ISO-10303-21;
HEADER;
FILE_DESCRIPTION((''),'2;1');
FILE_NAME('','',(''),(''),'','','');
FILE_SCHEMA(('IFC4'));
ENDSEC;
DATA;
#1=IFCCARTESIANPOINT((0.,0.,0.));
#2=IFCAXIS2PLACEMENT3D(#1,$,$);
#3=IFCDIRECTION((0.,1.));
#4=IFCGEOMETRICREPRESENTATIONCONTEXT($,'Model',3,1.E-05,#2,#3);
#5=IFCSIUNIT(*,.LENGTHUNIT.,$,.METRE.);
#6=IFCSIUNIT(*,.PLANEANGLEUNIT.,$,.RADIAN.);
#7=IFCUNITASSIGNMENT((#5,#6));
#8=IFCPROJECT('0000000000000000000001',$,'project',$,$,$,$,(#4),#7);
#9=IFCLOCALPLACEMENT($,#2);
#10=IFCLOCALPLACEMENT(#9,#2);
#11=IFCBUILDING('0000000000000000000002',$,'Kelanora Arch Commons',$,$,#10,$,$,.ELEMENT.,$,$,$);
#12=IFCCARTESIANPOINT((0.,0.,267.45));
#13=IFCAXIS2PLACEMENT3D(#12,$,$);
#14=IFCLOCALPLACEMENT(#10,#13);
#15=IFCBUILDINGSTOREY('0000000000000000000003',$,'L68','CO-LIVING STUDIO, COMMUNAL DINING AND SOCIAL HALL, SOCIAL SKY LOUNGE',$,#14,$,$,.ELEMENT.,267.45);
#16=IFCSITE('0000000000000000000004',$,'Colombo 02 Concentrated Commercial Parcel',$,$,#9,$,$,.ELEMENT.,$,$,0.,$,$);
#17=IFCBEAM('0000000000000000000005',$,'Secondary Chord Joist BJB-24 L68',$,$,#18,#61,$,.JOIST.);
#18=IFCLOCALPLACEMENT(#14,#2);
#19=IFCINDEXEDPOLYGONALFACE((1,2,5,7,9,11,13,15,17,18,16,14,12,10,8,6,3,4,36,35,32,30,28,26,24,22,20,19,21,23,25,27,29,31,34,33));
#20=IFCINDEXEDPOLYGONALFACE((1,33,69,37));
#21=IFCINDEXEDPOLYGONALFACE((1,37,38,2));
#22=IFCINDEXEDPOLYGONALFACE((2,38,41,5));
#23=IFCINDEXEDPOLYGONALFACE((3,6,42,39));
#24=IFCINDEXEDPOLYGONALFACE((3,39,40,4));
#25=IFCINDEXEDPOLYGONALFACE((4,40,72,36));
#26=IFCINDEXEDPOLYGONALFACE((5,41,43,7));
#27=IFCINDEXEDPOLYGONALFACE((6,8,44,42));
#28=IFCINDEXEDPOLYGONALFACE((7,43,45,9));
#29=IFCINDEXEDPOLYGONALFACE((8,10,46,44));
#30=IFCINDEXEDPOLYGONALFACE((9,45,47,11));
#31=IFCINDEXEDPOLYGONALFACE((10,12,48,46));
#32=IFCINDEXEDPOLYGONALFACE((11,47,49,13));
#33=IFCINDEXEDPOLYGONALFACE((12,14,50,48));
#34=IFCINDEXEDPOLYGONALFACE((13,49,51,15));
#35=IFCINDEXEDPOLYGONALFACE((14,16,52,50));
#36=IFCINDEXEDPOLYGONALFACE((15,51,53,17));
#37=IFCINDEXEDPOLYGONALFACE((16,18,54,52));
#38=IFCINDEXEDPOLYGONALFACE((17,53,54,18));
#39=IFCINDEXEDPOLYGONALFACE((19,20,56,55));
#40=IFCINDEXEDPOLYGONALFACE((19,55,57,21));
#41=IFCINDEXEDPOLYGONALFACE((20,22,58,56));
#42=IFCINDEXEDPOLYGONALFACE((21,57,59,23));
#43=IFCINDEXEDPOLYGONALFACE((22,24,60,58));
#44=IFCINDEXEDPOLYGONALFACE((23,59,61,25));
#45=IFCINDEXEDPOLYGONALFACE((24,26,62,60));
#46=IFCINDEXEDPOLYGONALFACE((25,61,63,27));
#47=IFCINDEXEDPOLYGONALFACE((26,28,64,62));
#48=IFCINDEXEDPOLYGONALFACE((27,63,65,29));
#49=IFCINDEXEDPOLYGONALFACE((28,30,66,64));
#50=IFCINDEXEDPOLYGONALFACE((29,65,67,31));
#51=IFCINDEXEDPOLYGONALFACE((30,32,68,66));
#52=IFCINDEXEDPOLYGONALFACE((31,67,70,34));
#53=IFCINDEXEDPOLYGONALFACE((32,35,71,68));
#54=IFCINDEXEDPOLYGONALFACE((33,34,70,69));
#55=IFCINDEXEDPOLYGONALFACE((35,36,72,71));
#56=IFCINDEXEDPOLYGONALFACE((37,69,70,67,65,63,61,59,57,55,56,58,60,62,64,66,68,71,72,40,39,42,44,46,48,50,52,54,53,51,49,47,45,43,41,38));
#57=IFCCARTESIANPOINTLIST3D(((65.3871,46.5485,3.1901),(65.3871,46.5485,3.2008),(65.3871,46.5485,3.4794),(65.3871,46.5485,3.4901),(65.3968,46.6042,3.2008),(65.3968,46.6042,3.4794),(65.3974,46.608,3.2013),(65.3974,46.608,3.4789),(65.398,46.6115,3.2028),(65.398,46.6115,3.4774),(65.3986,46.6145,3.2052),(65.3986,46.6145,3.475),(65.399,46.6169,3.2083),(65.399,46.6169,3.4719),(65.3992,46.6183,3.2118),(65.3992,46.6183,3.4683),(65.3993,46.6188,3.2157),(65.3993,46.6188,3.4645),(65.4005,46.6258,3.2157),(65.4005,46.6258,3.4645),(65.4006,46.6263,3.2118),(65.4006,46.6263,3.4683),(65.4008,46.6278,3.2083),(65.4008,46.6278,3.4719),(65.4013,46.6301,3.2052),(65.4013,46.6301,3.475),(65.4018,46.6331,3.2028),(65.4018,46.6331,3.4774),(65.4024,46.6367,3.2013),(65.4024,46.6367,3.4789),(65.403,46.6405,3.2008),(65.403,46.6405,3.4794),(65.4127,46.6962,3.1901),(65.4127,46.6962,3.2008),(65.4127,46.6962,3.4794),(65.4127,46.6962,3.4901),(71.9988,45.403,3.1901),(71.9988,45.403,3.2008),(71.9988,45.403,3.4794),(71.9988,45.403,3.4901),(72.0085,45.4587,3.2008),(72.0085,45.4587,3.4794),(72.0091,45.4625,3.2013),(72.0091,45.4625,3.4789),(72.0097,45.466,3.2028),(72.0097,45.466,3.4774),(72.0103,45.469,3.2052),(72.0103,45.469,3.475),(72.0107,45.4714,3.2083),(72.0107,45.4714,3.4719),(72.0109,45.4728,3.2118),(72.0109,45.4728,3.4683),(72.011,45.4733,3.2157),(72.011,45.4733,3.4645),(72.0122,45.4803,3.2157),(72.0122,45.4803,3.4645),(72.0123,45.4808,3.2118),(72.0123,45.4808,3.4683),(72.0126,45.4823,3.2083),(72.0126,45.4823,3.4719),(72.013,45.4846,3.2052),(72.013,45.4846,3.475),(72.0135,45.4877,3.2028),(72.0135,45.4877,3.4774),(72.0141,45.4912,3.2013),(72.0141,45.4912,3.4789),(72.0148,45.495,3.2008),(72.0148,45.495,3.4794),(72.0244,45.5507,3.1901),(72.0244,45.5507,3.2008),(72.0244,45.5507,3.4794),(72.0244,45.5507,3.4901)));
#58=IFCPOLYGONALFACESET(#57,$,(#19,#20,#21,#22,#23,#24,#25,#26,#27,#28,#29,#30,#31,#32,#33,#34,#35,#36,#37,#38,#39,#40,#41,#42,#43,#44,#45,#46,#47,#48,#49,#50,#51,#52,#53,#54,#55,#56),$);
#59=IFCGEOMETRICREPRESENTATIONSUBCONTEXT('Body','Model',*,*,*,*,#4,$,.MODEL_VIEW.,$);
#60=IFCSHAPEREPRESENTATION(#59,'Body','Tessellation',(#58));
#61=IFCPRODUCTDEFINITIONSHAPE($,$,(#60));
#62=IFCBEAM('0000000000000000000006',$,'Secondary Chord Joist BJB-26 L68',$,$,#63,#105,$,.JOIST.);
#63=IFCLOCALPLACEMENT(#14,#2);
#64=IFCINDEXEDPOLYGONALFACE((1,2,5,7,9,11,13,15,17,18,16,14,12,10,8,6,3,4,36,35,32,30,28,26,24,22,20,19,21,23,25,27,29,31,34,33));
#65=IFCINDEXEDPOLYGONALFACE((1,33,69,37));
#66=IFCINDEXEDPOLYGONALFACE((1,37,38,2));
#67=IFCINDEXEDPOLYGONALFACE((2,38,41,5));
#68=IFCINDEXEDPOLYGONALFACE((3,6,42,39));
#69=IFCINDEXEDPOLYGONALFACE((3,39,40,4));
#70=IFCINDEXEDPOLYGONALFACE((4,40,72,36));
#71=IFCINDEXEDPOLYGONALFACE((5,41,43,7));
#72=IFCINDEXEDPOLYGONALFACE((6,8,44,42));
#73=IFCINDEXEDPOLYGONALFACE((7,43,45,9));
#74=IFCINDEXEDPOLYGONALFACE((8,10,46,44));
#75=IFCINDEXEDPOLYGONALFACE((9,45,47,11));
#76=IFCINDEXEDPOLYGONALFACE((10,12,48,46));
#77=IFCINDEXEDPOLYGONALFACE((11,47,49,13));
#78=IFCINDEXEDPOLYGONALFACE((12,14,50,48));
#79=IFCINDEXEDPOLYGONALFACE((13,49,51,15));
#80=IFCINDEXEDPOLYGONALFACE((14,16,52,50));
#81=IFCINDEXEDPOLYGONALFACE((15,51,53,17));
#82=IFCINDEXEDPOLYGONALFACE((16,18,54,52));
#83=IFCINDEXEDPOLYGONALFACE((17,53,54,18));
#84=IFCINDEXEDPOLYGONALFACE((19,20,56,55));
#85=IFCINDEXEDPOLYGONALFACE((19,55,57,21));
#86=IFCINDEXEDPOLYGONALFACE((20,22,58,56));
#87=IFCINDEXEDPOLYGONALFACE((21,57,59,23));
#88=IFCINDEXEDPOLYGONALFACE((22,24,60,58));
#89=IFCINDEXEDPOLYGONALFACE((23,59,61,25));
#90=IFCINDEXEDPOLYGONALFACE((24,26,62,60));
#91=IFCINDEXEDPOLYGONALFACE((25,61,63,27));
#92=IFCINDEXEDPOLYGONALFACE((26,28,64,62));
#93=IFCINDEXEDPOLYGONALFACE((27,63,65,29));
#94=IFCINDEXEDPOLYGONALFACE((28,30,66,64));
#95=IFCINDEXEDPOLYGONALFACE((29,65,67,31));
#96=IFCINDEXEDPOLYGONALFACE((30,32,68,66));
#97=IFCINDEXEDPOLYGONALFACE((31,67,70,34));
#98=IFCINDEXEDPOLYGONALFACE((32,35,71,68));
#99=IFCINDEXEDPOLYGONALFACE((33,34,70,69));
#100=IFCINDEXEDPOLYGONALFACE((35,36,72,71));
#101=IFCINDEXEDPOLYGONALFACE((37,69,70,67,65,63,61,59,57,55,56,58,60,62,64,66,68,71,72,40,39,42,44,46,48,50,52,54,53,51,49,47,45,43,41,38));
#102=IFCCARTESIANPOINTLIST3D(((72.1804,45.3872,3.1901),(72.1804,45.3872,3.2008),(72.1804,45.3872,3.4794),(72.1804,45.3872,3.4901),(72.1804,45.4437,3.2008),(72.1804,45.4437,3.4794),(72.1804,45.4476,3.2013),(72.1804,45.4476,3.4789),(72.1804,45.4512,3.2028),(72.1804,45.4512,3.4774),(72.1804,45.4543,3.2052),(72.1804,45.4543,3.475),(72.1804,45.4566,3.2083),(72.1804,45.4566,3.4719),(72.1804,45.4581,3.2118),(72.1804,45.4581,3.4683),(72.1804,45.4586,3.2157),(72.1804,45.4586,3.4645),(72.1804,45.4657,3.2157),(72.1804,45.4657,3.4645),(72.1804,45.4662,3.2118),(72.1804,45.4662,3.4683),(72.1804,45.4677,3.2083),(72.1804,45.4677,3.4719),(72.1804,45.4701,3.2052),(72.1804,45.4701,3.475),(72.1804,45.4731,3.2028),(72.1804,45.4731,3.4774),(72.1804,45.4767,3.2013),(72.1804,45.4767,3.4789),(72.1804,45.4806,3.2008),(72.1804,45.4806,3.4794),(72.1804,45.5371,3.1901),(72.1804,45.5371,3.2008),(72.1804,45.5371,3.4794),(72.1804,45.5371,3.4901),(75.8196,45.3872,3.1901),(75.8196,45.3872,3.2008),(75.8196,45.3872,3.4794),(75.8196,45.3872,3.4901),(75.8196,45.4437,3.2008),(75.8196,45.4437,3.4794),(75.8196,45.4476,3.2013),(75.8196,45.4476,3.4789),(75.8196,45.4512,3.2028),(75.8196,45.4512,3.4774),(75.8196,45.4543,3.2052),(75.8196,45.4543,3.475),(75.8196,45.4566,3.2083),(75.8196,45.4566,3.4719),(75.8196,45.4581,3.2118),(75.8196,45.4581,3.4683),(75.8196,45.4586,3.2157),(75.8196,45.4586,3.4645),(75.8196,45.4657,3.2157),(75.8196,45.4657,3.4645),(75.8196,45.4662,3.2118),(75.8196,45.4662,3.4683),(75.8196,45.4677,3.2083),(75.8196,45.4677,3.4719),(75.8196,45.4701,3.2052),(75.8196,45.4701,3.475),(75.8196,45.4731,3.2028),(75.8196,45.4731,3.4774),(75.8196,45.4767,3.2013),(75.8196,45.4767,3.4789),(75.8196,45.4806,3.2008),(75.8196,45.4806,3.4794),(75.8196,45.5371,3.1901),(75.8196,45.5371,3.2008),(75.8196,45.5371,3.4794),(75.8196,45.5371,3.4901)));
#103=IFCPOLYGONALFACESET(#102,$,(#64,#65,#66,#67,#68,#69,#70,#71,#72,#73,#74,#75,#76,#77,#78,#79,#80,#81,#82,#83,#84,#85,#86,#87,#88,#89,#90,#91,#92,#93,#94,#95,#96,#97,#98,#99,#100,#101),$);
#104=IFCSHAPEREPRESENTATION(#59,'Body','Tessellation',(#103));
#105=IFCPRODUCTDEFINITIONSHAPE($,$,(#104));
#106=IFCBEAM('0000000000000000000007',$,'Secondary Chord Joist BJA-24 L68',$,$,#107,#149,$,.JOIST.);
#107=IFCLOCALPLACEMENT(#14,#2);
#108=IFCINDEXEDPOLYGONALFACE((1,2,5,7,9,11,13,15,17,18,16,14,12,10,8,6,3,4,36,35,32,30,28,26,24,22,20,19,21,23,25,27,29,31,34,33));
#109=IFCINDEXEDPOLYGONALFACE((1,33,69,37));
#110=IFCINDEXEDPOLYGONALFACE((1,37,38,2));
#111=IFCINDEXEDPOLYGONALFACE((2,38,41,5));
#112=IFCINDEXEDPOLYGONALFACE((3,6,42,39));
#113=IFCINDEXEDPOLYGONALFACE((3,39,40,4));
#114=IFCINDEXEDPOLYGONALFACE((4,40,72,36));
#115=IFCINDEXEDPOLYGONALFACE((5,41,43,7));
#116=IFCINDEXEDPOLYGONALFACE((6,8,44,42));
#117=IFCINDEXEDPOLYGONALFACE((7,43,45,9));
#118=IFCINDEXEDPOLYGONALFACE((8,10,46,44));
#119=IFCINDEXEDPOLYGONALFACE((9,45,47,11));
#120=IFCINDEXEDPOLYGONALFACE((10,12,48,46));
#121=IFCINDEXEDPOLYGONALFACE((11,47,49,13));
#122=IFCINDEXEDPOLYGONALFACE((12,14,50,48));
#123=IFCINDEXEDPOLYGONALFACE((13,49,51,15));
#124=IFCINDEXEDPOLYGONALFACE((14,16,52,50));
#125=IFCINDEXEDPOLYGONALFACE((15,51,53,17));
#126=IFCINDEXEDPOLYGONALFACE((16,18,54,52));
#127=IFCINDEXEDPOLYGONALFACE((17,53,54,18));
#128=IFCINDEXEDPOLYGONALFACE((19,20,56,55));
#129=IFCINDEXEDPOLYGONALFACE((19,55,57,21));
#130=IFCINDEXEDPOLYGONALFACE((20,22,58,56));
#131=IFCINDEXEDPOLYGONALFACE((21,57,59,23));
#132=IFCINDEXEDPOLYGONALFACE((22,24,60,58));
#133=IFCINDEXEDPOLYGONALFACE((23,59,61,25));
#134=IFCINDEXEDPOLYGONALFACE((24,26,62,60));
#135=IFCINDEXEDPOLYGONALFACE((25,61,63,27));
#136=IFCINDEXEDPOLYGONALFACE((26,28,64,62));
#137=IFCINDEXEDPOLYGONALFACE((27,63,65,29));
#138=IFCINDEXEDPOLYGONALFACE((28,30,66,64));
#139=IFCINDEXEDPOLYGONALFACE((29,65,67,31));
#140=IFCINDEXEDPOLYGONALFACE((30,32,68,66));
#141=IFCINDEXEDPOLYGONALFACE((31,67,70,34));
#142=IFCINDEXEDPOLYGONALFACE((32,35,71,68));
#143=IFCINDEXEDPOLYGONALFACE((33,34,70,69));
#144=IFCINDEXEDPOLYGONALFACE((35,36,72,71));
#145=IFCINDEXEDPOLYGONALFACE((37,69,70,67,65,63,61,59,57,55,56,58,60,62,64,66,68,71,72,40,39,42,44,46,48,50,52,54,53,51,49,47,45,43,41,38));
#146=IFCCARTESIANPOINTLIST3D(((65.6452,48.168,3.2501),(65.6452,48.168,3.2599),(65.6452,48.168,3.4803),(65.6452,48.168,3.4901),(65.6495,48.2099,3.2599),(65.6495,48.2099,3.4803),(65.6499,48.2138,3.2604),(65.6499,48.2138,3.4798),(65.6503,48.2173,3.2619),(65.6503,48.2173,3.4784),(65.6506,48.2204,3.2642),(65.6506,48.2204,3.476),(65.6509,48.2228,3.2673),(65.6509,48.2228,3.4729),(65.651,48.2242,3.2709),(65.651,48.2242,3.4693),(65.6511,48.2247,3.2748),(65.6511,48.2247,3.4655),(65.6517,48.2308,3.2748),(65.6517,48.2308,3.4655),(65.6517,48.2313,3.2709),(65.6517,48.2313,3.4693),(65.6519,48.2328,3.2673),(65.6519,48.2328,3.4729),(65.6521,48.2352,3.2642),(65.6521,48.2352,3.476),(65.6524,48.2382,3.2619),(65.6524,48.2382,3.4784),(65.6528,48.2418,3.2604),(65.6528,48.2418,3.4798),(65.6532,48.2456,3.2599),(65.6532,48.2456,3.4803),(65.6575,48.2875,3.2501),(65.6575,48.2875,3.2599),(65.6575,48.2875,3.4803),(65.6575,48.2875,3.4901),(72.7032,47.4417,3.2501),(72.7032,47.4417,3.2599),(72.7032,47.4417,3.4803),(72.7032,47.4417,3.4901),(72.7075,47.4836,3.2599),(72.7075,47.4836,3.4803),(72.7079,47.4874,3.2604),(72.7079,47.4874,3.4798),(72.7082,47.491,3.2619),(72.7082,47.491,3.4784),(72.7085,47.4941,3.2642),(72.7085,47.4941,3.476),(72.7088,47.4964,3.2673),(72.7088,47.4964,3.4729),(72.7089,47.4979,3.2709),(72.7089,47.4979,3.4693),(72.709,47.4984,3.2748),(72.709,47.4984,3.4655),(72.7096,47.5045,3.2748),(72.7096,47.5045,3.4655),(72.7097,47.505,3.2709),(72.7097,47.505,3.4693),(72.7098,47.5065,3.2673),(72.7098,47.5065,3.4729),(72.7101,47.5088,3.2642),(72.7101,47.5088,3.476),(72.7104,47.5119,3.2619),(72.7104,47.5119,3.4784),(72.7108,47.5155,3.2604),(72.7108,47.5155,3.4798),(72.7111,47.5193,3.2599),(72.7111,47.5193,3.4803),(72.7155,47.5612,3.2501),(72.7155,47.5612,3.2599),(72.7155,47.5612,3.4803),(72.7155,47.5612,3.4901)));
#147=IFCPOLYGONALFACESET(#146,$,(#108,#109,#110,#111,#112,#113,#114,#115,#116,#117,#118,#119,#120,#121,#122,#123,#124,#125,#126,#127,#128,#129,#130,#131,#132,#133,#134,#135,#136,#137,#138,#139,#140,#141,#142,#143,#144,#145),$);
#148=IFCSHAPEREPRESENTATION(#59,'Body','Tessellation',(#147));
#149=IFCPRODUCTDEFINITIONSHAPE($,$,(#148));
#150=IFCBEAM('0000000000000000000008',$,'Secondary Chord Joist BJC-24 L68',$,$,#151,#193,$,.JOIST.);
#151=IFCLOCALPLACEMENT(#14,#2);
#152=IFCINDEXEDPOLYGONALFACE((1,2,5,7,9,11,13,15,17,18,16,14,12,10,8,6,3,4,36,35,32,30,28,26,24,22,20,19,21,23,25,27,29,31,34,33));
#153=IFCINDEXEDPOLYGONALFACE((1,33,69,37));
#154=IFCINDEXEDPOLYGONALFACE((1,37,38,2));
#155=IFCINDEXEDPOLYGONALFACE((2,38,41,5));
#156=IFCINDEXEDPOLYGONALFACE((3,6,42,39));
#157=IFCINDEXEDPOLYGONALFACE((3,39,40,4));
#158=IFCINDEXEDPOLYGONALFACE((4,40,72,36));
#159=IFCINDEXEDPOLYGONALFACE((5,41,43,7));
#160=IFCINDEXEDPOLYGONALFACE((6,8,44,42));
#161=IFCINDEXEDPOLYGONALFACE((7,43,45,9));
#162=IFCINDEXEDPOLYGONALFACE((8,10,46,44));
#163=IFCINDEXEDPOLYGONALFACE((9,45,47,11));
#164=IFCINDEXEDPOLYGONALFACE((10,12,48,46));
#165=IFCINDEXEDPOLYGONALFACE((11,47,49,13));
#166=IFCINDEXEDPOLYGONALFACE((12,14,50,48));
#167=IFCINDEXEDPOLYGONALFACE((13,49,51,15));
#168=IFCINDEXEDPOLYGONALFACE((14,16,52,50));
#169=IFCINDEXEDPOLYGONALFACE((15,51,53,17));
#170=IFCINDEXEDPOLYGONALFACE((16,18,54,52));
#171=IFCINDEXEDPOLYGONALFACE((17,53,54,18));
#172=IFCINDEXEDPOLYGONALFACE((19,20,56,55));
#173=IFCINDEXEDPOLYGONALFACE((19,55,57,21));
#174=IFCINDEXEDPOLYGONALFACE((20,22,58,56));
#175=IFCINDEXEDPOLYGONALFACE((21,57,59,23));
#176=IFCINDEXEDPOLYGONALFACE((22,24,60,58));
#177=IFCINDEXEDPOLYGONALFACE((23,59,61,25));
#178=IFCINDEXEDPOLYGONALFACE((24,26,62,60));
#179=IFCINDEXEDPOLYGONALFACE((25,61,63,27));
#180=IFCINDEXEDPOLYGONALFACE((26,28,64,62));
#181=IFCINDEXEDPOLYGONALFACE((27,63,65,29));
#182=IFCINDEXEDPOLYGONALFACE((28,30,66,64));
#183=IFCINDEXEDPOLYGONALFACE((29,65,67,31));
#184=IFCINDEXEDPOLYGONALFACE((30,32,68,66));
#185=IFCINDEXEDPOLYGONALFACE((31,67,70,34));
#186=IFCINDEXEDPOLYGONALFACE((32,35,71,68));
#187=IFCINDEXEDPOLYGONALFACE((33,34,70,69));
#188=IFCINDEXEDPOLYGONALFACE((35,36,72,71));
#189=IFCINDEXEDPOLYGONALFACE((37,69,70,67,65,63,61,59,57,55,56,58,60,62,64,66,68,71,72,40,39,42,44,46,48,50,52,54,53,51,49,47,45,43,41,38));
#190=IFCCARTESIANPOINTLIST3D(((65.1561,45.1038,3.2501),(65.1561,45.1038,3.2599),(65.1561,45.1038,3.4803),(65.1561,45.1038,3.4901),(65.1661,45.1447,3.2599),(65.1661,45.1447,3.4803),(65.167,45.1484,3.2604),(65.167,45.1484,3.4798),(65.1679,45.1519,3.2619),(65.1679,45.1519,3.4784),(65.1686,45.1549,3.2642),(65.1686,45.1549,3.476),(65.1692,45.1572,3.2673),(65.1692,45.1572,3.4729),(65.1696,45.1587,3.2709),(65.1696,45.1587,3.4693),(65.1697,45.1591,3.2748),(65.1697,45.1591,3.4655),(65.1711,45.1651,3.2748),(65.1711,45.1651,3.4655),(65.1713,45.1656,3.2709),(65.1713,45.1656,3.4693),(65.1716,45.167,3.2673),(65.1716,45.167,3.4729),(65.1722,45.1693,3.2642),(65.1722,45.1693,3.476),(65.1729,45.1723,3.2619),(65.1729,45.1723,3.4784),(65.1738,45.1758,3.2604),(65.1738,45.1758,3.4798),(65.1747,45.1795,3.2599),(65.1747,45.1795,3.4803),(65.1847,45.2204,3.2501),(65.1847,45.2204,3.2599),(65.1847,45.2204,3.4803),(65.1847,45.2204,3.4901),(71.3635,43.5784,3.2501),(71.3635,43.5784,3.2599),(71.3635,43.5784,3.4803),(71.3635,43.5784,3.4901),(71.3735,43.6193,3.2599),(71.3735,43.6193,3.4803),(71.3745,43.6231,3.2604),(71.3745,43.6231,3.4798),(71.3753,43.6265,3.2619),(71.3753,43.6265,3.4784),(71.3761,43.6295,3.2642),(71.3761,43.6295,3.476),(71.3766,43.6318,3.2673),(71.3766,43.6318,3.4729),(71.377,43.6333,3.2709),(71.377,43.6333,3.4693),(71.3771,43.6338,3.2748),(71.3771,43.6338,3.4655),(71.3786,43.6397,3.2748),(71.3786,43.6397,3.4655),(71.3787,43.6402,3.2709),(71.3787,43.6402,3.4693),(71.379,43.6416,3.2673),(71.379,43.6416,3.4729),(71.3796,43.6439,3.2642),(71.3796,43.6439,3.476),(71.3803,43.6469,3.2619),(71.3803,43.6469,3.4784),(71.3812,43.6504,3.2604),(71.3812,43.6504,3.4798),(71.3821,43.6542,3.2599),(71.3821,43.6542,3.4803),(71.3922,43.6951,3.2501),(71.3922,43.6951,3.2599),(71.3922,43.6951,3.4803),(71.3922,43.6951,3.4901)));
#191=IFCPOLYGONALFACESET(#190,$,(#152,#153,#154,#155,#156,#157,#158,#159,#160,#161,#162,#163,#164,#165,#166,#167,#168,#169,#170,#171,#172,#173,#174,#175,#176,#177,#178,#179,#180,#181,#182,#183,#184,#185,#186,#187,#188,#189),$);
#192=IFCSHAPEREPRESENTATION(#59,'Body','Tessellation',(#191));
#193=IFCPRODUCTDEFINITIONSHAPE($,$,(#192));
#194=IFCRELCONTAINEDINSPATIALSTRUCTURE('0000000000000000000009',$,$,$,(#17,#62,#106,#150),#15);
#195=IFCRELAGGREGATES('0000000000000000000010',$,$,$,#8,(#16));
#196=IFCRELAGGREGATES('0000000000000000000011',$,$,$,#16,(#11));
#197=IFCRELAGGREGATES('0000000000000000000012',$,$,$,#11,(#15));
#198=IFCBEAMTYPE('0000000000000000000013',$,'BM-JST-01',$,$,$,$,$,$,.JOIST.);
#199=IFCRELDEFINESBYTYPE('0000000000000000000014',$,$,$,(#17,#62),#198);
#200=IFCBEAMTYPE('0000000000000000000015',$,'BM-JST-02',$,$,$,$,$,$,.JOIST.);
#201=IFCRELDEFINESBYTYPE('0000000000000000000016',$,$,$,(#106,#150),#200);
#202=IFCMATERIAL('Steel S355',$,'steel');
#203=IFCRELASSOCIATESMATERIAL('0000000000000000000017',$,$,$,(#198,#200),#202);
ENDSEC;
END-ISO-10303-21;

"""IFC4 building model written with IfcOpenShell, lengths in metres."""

from ifc_helpers import new_model, si_unit, direction, frame, origin, origin_2d, place, context, subcontext, project, spatial, i_section, extrude, material, material_profile, profile_set, type_object, element, save


model = new_model("IFC4")

# Units and contexts
model_context = context("Model", 3, precision=1e-05, world=origin(), true_north=direction((0.0, 1.0)))
body_context = subcontext(model_context, "Body", "Model", "MODEL_VIEW")
ifc_project = project(units=[si_unit("LENGTHUNIT", "METRE"), si_unit("PLANEANGLEUNIT", "RADIAN")], contexts=[model_context])

# Site, building, storey
site_placement = place(None, origin())
site = spatial("IfcSite", under=ifc_project, at=site_placement, Name="Colombo 02 Concentrated Commercial Parcel", CompositionType="ELEMENT", RefElevation=0.0)
building_placement = place(site_placement, origin())
building = spatial("IfcBuilding", under=site, at=building_placement, Name="Kelanora Arch Commons", CompositionType="ELEMENT")
storey_placement = place(building_placement, frame((0.0, 0.0, 267.45)))
storey = spatial("IfcBuildingStorey", under=building, at=storey_placement, Name="L68", Description="CO-LIVING STUDIO, COMMUNAL DINING AND SOCIAL HALL, SOCIAL SKY LOUNGE", CompositionType="ELEMENT", Elevation=267.45)

# Beams
ifc_material_1 = material(Name="Steel S355", Category="steel")
ifc_material_profile_1 = material_profile(ifc_material_1, i_section(OverallWidth=0.1499, OverallDepth=0.3, WebThickness=0.0071, FlangeThickness=0.0107, FilletRadius=0.0149, at=origin_2d()), Name="IPE300")
ifc_profile_set_1 = profile_set([ifc_material_profile_1], Name="Steel S355")
beam_type_1 = type_object("IfcBeamType", Name="BM-JST-01", PredefinedType="JOIST", material=ifc_profile_set_1)
beam_1_placement = place(storey_placement, frame((65.3999, 46.6223, 3.3401), z_axis=(0.985322, -0.170709, 0.0), x_axis=(0.170709, 0.985322, 0.0)))
element("IfcBeam", 1, at=beam_1_placement, inside=storey, type_object=beam_type_1, Name="Secondary Chord Joist BJB-24 L68", PredefinedType="JOIST", context=body_context, shape_type="SweptSolid", body=[
    extrude(i_section(OverallWidth=0.1499, OverallDepth=0.3, WebThickness=0.0071, FlangeThickness=0.0107, FilletRadius=0.0149, at=origin_2d()), origin(), (0.0, 0.0, 1.0), 6.7102),
])
beam_2_placement = place(storey_placement, frame((72.1804, 45.4622, 3.3401), z_axis=(1.0, 0.0, 0.0), x_axis=(0.0, 1.0, 0.0)))
element("IfcBeam", 2, at=beam_2_placement, inside=storey, type_object=beam_type_1, Name="Secondary Chord Joist BJB-26 L68", PredefinedType="JOIST", context=body_context, shape_type="SweptSolid", body=[
    extrude(i_section(OverallWidth=0.1499, OverallDepth=0.3, WebThickness=0.0071, FlangeThickness=0.0107, FilletRadius=0.0149, at=origin_2d()), origin(), (0.0, 0.0, 1.0), 3.6392),
])
ifc_material_profile_2 = material_profile(ifc_material_1, i_section(OverallWidth=0.1201, OverallDepth=0.24, WebThickness=0.0061, FlangeThickness=0.0098, FilletRadius=0.0149, at=origin_2d()), Name="IPE240")
ifc_profile_set_2 = profile_set([ifc_material_profile_2], Name="Steel S355")
beam_type_2 = type_object("IfcBeamType", Name="BM-JST-02", PredefinedType="JOIST", material=ifc_profile_set_2)
beam_3_placement = place(storey_placement, frame((65.6514, 48.2278, 3.3701), z_axis=(0.994747, -0.102369, 0.0), x_axis=(0.102369, 0.994747, 0.0)))
element("IfcBeam", 3, at=beam_3_placement, inside=storey, type_object=beam_type_2, Name="Secondary Chord Joist BJA-24 L68", PredefinedType="JOIST", context=body_context, shape_type="SweptSolid", body=[
    extrude(i_section(OverallWidth=0.1201, OverallDepth=0.24, WebThickness=0.0061, FlangeThickness=0.0098, FilletRadius=0.0149, at=origin_2d()), origin(), (0.0, 0.0, 1.0), 7.0952),
])
beam_4_placement = place(storey_placement, frame((65.1704, 45.1621, 3.3701), z_axis=(0.97111, -0.238633, 0.0), x_axis=(0.238633, 0.97111, 0.0)))
element("IfcBeam", 4, at=beam_4_placement, inside=storey, type_object=beam_type_2, Name="Secondary Chord Joist BJC-24 L68", PredefinedType="JOIST", context=body_context, shape_type="SweptSolid", body=[
    extrude(i_section(OverallWidth=0.1201, OverallDepth=0.24, WebThickness=0.0061, FlangeThickness=0.0098, FilletRadius=0.0149, at=origin_2d()), origin(), (0.0, 0.0, 1.0), 6.3921),
])

save(model, "model.ifc")
